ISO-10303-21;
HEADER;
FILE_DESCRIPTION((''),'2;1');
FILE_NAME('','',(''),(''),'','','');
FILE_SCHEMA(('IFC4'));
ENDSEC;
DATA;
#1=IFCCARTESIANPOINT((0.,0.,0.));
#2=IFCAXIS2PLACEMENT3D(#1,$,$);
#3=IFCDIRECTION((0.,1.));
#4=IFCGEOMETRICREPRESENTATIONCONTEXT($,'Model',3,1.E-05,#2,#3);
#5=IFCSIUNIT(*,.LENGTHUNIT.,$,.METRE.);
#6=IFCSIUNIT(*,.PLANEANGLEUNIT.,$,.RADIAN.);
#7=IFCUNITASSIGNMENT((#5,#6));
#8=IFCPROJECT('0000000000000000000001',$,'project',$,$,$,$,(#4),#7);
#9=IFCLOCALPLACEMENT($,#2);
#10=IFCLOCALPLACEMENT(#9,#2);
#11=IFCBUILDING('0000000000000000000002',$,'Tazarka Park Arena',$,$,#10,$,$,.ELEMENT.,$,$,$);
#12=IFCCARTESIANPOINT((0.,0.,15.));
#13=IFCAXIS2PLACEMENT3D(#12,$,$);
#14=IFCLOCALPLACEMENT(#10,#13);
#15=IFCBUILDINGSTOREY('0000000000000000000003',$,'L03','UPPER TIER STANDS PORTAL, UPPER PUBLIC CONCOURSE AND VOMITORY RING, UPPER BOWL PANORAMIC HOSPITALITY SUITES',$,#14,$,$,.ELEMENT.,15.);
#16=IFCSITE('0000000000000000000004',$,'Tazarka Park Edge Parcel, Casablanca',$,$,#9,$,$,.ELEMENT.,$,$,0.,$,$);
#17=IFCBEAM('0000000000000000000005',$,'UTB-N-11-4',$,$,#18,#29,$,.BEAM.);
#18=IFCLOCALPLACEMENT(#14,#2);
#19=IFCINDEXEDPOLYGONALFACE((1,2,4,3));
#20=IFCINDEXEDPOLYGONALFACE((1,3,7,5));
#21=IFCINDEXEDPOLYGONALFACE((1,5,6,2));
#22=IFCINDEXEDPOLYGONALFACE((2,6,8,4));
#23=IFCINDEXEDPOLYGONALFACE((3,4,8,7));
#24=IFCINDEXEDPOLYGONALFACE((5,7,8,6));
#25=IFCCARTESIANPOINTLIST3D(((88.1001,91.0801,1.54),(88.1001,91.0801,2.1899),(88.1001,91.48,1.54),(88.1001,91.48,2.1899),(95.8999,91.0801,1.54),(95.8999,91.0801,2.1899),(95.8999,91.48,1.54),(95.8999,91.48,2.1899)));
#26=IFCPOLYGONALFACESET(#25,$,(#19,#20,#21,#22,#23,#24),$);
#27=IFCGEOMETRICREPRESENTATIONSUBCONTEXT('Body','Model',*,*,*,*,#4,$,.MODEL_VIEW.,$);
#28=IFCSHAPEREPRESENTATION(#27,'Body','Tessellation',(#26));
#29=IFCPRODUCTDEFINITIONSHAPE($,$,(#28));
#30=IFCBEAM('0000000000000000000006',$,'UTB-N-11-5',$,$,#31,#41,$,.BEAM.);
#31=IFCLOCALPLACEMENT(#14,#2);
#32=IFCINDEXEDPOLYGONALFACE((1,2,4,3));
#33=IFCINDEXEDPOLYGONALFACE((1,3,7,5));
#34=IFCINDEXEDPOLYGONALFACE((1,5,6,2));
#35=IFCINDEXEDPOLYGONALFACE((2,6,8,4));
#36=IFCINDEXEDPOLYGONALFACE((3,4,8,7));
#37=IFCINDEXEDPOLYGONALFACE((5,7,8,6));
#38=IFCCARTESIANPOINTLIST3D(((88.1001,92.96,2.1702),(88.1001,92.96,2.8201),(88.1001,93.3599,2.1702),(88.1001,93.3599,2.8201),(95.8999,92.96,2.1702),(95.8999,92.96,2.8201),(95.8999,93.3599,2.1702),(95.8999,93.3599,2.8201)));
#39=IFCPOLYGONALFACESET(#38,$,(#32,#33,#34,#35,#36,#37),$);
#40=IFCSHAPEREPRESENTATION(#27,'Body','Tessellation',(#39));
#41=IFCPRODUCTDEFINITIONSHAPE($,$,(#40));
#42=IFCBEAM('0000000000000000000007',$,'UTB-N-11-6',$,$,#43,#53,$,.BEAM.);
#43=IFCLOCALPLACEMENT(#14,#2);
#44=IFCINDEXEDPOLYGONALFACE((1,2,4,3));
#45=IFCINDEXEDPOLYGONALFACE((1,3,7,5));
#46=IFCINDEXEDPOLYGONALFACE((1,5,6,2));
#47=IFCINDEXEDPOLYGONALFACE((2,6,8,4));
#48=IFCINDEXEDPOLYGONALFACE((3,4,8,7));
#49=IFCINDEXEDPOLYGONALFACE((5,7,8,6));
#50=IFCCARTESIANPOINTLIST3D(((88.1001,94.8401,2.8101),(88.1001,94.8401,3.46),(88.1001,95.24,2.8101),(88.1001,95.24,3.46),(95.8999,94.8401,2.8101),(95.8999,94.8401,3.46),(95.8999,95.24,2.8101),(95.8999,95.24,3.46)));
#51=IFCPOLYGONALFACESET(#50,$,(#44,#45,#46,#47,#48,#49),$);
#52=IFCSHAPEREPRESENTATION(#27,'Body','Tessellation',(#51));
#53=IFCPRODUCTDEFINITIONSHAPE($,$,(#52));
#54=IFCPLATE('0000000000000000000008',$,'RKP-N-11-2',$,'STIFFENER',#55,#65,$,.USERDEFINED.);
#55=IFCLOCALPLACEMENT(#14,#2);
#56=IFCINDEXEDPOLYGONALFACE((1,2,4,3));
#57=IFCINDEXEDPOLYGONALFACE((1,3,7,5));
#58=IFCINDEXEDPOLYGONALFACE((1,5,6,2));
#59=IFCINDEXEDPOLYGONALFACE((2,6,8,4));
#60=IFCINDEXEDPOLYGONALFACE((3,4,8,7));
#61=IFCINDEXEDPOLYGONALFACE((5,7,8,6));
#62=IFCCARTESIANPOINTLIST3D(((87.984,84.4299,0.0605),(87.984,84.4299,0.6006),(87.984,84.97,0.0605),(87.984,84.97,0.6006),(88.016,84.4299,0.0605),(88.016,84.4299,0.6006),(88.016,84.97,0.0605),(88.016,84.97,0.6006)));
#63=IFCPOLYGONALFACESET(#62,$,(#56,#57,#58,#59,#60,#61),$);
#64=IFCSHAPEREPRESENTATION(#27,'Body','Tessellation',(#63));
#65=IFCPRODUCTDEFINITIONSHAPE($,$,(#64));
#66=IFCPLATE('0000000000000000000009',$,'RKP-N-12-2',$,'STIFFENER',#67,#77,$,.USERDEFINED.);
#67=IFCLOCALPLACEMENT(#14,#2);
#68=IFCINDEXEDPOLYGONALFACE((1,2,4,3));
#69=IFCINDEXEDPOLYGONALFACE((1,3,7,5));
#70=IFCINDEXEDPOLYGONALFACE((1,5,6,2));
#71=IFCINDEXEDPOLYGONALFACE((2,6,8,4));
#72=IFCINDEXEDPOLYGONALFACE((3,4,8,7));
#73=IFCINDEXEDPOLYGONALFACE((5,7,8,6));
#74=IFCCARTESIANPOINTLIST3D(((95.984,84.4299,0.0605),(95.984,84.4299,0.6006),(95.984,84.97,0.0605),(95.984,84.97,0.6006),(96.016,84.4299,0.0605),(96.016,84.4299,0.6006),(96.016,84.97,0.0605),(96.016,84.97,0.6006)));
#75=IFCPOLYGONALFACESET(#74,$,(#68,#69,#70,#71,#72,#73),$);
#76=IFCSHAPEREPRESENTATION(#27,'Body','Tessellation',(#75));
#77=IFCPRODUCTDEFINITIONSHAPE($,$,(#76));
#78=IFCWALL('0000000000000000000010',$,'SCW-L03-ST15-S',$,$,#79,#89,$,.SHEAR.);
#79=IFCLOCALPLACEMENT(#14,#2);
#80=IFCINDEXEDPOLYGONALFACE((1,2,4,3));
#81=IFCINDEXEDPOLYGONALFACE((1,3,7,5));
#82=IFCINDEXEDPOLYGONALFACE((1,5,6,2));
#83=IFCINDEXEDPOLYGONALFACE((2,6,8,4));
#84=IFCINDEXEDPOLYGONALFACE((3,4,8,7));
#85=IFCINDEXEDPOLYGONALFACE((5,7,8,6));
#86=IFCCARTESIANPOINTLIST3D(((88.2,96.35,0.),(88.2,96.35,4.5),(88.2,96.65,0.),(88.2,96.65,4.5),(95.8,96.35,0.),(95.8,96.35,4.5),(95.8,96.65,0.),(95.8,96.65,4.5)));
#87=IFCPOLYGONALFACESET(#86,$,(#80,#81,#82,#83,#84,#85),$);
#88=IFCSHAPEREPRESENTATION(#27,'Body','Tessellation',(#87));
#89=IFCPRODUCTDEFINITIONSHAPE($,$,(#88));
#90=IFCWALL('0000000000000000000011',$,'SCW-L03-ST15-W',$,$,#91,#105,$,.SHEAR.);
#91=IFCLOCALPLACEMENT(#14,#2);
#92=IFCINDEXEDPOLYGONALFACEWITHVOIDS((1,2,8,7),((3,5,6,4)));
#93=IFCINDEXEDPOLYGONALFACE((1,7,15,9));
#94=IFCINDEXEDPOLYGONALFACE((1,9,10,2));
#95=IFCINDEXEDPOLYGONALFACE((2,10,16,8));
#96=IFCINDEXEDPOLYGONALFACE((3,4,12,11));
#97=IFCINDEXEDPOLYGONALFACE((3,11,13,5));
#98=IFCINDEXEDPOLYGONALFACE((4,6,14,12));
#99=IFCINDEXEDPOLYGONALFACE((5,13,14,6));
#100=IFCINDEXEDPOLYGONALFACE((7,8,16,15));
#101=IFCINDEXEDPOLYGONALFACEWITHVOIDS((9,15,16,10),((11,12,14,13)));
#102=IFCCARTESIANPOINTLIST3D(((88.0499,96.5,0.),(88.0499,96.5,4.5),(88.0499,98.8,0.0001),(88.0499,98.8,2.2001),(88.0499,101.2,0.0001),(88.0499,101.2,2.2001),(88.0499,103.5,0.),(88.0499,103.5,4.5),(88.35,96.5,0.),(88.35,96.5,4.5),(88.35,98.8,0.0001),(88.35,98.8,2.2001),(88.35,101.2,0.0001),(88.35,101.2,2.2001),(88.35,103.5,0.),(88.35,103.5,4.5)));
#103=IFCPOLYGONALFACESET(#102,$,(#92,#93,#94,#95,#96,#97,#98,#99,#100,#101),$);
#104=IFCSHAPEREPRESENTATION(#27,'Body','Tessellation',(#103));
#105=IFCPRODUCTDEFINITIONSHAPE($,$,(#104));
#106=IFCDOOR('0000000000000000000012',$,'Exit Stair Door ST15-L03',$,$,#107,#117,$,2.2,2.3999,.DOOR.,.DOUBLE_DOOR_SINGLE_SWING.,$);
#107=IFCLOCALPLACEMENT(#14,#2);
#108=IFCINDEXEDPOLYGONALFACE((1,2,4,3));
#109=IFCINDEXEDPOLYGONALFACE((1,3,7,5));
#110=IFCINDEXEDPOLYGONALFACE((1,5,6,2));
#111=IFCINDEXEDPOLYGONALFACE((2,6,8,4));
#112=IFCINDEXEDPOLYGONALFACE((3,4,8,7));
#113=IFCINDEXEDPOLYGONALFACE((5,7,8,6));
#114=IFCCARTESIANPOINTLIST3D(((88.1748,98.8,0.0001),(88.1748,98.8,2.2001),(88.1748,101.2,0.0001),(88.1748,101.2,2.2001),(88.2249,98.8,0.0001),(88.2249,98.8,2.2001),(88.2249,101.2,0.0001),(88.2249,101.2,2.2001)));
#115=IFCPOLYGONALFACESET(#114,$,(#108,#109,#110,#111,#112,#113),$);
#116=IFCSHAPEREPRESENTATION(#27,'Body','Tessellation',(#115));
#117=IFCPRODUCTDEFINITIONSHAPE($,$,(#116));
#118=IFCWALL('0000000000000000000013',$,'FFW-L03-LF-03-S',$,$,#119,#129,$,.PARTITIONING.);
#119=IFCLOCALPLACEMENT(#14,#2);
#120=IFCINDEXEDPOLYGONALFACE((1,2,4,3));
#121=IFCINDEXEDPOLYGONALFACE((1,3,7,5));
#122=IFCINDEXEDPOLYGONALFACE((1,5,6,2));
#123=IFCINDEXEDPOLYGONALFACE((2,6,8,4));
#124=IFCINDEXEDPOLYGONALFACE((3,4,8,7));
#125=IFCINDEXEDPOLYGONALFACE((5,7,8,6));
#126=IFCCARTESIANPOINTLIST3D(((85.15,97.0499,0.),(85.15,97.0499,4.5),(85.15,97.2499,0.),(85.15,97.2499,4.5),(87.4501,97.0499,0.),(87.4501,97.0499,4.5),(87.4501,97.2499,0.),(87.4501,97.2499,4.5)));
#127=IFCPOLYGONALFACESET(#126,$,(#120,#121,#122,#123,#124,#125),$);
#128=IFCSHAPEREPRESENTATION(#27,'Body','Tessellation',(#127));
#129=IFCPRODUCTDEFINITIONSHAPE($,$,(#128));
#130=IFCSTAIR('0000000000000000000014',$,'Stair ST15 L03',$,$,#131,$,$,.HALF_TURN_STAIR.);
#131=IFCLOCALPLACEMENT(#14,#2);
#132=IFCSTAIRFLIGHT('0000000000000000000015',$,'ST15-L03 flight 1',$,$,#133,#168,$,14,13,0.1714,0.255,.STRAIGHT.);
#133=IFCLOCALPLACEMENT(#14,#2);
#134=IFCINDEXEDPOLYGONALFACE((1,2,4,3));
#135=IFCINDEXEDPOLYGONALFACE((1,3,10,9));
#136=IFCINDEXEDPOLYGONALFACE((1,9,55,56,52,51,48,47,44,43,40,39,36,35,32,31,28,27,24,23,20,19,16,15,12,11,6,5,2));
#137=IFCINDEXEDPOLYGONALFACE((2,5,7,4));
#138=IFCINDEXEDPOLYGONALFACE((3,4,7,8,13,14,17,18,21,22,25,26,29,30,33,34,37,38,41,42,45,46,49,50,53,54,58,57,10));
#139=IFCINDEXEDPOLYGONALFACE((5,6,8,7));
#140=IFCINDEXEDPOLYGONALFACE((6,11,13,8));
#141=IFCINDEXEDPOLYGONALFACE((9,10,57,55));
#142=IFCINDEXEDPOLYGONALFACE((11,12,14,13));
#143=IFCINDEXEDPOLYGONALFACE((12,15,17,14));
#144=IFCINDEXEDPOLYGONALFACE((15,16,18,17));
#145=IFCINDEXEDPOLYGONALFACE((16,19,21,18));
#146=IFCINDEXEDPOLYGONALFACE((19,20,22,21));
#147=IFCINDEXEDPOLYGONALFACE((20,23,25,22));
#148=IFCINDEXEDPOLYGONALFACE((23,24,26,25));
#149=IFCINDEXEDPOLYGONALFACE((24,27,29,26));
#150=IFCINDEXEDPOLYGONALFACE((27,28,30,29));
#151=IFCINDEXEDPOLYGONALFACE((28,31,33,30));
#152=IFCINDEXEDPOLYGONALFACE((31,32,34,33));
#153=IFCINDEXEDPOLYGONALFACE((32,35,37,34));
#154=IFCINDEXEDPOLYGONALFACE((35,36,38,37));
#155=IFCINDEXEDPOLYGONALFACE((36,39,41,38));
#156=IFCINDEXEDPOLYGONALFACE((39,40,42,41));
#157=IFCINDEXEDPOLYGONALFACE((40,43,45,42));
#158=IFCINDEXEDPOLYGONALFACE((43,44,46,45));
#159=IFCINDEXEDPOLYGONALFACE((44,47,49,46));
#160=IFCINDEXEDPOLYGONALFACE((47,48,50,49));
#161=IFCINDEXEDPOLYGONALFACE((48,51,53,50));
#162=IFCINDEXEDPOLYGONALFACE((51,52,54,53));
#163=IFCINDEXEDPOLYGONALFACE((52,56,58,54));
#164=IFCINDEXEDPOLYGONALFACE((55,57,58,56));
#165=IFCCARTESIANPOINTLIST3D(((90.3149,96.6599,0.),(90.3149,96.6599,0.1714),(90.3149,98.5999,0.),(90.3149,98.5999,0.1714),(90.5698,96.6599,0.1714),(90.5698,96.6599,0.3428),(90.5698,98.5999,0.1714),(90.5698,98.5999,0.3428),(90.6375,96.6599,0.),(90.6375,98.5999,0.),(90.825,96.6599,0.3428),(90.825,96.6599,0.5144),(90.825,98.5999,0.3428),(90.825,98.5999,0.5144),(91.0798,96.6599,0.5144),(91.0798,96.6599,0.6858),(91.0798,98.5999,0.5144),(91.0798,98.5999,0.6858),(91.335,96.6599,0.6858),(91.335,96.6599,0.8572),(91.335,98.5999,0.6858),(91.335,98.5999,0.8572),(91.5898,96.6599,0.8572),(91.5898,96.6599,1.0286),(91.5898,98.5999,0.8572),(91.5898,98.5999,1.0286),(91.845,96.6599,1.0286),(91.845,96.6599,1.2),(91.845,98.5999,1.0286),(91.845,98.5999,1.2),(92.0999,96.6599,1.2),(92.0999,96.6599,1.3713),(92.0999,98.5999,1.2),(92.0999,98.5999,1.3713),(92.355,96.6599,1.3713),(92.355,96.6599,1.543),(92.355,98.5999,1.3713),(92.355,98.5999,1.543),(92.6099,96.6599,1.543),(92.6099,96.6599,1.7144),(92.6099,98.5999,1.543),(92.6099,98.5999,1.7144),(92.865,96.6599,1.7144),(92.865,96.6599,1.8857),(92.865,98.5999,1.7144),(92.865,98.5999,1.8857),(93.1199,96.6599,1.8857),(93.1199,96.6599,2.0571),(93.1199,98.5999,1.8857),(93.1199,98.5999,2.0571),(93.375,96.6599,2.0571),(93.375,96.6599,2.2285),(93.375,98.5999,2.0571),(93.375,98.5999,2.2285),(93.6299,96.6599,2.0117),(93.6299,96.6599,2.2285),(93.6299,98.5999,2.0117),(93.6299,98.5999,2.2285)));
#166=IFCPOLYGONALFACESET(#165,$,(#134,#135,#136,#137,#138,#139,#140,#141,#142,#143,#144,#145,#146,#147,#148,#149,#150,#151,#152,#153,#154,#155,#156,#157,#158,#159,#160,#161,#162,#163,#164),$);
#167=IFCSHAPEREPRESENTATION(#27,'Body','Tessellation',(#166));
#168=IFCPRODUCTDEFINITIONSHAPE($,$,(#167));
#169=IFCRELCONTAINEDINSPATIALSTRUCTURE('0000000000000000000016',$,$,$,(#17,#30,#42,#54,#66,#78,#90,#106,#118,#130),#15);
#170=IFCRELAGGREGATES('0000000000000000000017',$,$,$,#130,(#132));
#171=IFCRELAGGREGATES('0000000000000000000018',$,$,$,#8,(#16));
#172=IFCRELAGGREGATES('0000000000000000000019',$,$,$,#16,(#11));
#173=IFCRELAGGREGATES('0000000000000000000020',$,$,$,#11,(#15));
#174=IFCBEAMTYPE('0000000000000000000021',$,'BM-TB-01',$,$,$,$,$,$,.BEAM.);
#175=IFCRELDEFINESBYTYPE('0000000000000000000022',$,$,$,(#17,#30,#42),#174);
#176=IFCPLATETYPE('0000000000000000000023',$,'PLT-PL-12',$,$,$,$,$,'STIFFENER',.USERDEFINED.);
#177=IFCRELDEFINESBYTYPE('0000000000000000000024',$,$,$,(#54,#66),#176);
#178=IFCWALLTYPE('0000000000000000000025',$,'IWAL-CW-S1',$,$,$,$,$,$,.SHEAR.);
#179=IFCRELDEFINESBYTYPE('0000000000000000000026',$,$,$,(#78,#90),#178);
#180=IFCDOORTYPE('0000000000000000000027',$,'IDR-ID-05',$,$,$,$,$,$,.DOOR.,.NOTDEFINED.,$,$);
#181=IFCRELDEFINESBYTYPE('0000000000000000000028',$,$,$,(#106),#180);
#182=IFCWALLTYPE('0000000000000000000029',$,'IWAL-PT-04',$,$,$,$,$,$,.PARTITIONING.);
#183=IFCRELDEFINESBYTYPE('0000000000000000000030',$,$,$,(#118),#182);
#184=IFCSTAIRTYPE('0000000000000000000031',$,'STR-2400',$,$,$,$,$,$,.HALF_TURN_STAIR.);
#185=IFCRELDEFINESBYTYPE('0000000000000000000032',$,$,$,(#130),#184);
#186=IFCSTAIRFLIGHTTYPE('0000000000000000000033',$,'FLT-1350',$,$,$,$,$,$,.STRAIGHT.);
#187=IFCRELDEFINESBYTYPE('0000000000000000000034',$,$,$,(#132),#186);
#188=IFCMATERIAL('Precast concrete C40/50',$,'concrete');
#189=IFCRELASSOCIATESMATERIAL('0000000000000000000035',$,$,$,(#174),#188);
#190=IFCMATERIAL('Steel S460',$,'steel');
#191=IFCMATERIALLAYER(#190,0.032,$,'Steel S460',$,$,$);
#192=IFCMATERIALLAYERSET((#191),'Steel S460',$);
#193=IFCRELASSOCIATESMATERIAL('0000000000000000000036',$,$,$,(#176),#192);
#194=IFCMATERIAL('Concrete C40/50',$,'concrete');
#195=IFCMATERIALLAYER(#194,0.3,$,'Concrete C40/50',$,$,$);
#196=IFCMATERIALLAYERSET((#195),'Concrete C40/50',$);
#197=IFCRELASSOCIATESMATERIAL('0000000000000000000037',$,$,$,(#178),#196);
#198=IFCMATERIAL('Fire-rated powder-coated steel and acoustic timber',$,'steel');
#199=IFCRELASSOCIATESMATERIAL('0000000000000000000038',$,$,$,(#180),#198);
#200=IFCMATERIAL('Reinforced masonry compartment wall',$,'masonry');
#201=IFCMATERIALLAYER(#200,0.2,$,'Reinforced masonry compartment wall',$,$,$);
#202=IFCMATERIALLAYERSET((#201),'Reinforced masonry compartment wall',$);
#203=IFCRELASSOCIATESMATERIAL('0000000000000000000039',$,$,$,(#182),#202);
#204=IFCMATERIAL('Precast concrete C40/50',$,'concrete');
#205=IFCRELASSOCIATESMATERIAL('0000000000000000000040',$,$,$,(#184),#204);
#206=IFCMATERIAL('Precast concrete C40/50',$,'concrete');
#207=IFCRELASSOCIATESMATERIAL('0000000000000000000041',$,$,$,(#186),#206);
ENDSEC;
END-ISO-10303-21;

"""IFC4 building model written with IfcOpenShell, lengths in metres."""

from ifc_helpers import new_model, si_unit, direction, frame, frame_2d, origin, origin_2d, place, context, subcontext, project, spatial, polyline, rectangle, outline, extrude, material, layer, layer_set, material_profile, profile_set, type_object, element, fill, aggregate, save


model = new_model("IFC4")

# Units and contexts
model_context = context("Model", 3, precision=1e-05, world=origin(), true_north=direction((0.0, 1.0)))
body_context = subcontext(model_context, "Body", "Model", "MODEL_VIEW")
ifc_project = project(units=[si_unit("LENGTHUNIT", "METRE"), si_unit("PLANEANGLEUNIT", "RADIAN")], contexts=[model_context])

# Site, building, storey
site_placement = place(None, origin())
site = spatial("IfcSite", under=ifc_project, at=site_placement, Name="Tazarka Park Edge Parcel, Casablanca", CompositionType="ELEMENT", RefElevation=0.0)
building_placement = place(site_placement, origin())
building = spatial("IfcBuilding", under=site, at=building_placement, Name="Tazarka Park Arena", CompositionType="ELEMENT")
storey_placement = place(building_placement, frame((0.0, 0.0, 15.0)))
storey = spatial("IfcBuildingStorey", under=building, at=storey_placement, Name="L03", Description="UPPER TIER STANDS PORTAL, UPPER PUBLIC CONCOURSE AND VOMITORY RING, UPPER BOWL PANORAMIC HOSPITALITY SUITES", CompositionType="ELEMENT", Elevation=15.0)

# Beams
ifc_material_1 = material(Name="Precast concrete C40/50", Category="concrete")
ifc_material_profile_1 = material_profile(ifc_material_1, rectangle(XDim=0.3999, YDim=0.6499, at=origin_2d()), Name="Precast concrete C40/50")
ifc_profile_set_1 = profile_set([ifc_material_profile_1], Name="Precast concrete C40/50")
beam_type_1 = type_object("IfcBeamType", Name="BM-TB-01", PredefinedType="BEAM", material=ifc_profile_set_1)
for number, where, z_axis, x_axis, name in (
    (1, (88.1001, 91.28, 1.865), (1.0, 0.0, 0.0), (0.0, 1.0, 0.0), "UTB-N-11-4"),
    (2, (88.1001, 93.1599, 2.4951), (1.0, 0.0, 0.0), (0.0, 1.0, 0.0), "UTB-N-11-5"),
    (3, (88.1001, 95.04, 3.135), (1.0, 0.0, 0.0), (0.0, 1.0, 0.0), "UTB-N-11-6"),
):
    element("IfcBeam", number, at=place(storey_placement, frame(where, z_axis=z_axis, x_axis=x_axis)), inside=storey, type_object=beam_type_1, Name=name, PredefinedType="BEAM", context=body_context, shape_type="SweptSolid", body=[
        extrude(rectangle(XDim=0.3999, YDim=0.6499, at=origin_2d()), origin(), (0.0, 0.0, 1.0), 7.7998),
    ])

# Plates
ifc_material_2 = material(Name="Steel S460", Category="steel")
ifc_layer_1 = layer(ifc_material_2, 0.032, Name="Steel S460")
ifc_layer_set_1 = layer_set([ifc_layer_1], Name="Steel S460")
plate_type = type_object("IfcPlateType", Name="PLT-PL-12", ElementType="STIFFENER", PredefinedType="USERDEFINED", material=ifc_layer_set_1)
for number, where, z_axis, x_axis, name in (
    (4, (88.0, 84.7, 0.0605), (0.0, 0.0, 1.0), (1.0, 0.0, 0.0), "RKP-N-11-2"),
    (5, (96.0, 84.7, 0.0605), (0.0, 0.0, 1.0), (1.0, 0.0, 0.0), "RKP-N-12-2"),
):
    element("IfcPlate", number, at=place(storey_placement, frame(where, z_axis=z_axis, x_axis=x_axis)), inside=storey, type_object=plate_type, Name=name, ObjectType="STIFFENER", PredefinedType="USERDEFINED", context=body_context, shape_type="SweptSolid", body=[
        extrude(rectangle(XDim=0.032, YDim=0.54, at=origin_2d()), origin(), (0.0, 0.0, 1.0), 0.54),
    ])

# Wall
ifc_material_3 = material(Name="Concrete C40/50", Category="concrete")
ifc_layer_2 = layer(ifc_material_3, 0.3, Name="Concrete C40/50")
ifc_layer_set_2 = layer_set([ifc_layer_2], Name="Concrete C40/50")
wall_type_1 = type_object("IfcWallType", Name="IWAL-CW-S1", PredefinedType="SHEAR", material=ifc_layer_set_2)
wall_1_placement = place(storey_placement, frame((95.8, 96.5, 0.0), z_axis=(0.0, 0.0, 1.0), x_axis=(-1.0, 0.0, 0.0)))
element("IfcWall", 6, at=wall_1_placement, inside=storey, type_object=wall_type_1, Name="SCW-L03-ST15-S", PredefinedType="SHEAR", context=body_context, shape_type="SweptSolid", body=[
    extrude(rectangle(XDim=7.6001, YDim=0.3, at=frame_2d((3.8, 0.0))), origin(), (0.0, 0.0, 1.0), 4.5),
])

# Wall, opening, door
wall_2_placement = place(storey_placement, frame((88.2, 96.5, 0.0), z_axis=(0.0, 0.0, 1.0), x_axis=(0.0, 1.0, 0.0)))
wall_2 = element("IfcWall", 7, at=wall_2_placement, inside=storey, type_object=wall_type_1, Name="SCW-L03-ST15-W", PredefinedType="SHEAR", context=body_context, shape_type="SweptSolid", body=[
    extrude(rectangle(XDim=7.0, YDim=0.3, at=frame_2d((3.5, 0.0))), origin(), (0.0, 0.0, 1.0), 4.5),
])
opening_placement = place(wall_2_placement, frame((2.3, 0.0, 0.0)))
opening = element("IfcOpeningElement", 8, at=opening_placement, cuts=wall_2, PredefinedType="OPENING", context=body_context, shape_type="SweptSolid", body=[
    extrude(rectangle(XDim=2.3999, YDim=2.2, at=frame_2d((1.2, 1.1001))), frame((0.0, 0.1602, 0.0), z_axis=(0.0, -1.0, 0.0), x_axis=(1.0, 0.0, 0.0)), (0.0, 0.0, 1.0), 0.3201),
])
ifc_material_4 = material(Name="Fire-rated powder-coated steel and acoustic timber", Category="steel")
door_type = type_object("IfcDoorType", Name="IDR-ID-05", OperationType="NOTDEFINED", PredefinedType="DOOR", material=ifc_material_4)
door_placement = place(opening_placement, frame((2.3999, 0.0, 0.0), z_axis=(0.0, 0.0, 1.0), x_axis=(-1.0, 0.0, 0.0)))
door = element("IfcDoor", 9, at=door_placement, inside=storey, type_object=door_type, Name="Exit Stair Door ST15-L03", OperationType="DOUBLE_DOOR_SINGLE_SWING", OverallHeight=2.2, OverallWidth=2.3999, PredefinedType="DOOR", context=body_context, shape_type="SweptSolid", body=[
    extrude(rectangle(XDim=2.3999, YDim=2.2, at=frame_2d((1.2, 1.1001))), frame((0.0, 0.0249, 0.0), z_axis=(0.0, -1.0, 0.0), x_axis=(1.0, 0.0, 0.0)), (0.0, 0.0, 1.0), 0.05),
])
fill(opening, door)

# Wall
ifc_material_5 = material(Name="Reinforced masonry compartment wall", Category="masonry")
ifc_layer_3 = layer(ifc_material_5, 0.2, Name="Reinforced masonry compartment wall")
ifc_layer_set_3 = layer_set([ifc_layer_3], Name="Reinforced masonry compartment wall")
wall_type_2 = type_object("IfcWallType", Name="IWAL-PT-04", PredefinedType="PARTITIONING", material=ifc_layer_set_3)
wall_3_placement = place(storey_placement, frame((87.45, 97.1499, 0.0), z_axis=(0.0, 0.0, 1.0), x_axis=(-1.0, 0.0, 0.0)))
element("IfcWall", 10, at=wall_3_placement, inside=storey, type_object=wall_type_2, Name="FFW-L03-LF-03-S", PredefinedType="PARTITIONING", context=body_context, shape_type="SweptSolid", body=[
    extrude(rectangle(XDim=2.3, YDim=0.2, at=frame_2d((1.1499, 0.0))), origin(), (0.0, 0.0, 1.0), 4.5),
])

# Stair, stair flight
ifc_material_6 = material(Name="Precast concrete C40/50", Category="concrete")
stair_type = type_object("IfcStairType", Name="STR-2400", PredefinedType="HALF_TURN_STAIR", material=ifc_material_6)
stair_placement = place(storey_placement, origin())
stair = element("IfcStair", 11, at=stair_placement, inside=storey, type_object=stair_type, Name="Stair ST15 L03", PredefinedType="HALF_TURN_STAIR")
ifc_material_7 = material(Name="Precast concrete C40/50", Category="concrete")
stair_flight_type = type_object("IfcStairFlightType", Name="FLT-1350", PredefinedType="STRAIGHT", material=ifc_material_7)
stair_flight_placement = place(storey_placement, frame((90.3149, 97.6299, 0.0), z_axis=(0.0, 0.0, 1.0), x_axis=(1.0, 0.0, 0.0)))
stair_flight = element("IfcStairFlight", 12, at=stair_flight_placement, type_object=stair_flight_type, Name="ST15-L03 flight 1", NumberOfRisers=14, NumberOfTreads=13, PredefinedType="STRAIGHT", RiserHeight=0.1714, TreadLength=0.255, context=body_context, shape_type="SweptSolid", body=[
    extrude(outline(polyline([(0.0, 0.0), (0.0, 0.1714), (0.2549, 0.1714), (0.2549, 0.3428), (0.51, 0.3428), (0.51, 0.5144), (0.7649, 0.5144), (0.7649, 0.6858), (1.02, 0.6858), (1.02, 0.8572), (1.2749, 0.8572), (1.2749, 1.0286), (1.53, 1.0286), (1.53, 1.2), (1.7849, 1.2), (1.7849, 1.3713), (2.04, 1.3713), (2.04, 1.543), (2.2949, 1.543), (2.2949, 1.7144), (2.55, 1.7144), (2.55, 1.8857), (2.8049, 1.8857), (2.8049, 2.0571), (3.0601, 2.0571), (3.0601, 2.2285), (3.3149, 2.2285), (3.3149, 2.3999), (3.3149, 2.0117), (0.3225, 0.0), (0.0, 0.0)])), frame((0.0, 0.97, 0.0), z_axis=(0.0, -1.0, 0.0), x_axis=(1.0, 0.0, 0.0)), (0.0, 0.0, 1.0), 1.9399),
])
aggregate(stair, [stair_flight])

save(model, "model.ifc")
